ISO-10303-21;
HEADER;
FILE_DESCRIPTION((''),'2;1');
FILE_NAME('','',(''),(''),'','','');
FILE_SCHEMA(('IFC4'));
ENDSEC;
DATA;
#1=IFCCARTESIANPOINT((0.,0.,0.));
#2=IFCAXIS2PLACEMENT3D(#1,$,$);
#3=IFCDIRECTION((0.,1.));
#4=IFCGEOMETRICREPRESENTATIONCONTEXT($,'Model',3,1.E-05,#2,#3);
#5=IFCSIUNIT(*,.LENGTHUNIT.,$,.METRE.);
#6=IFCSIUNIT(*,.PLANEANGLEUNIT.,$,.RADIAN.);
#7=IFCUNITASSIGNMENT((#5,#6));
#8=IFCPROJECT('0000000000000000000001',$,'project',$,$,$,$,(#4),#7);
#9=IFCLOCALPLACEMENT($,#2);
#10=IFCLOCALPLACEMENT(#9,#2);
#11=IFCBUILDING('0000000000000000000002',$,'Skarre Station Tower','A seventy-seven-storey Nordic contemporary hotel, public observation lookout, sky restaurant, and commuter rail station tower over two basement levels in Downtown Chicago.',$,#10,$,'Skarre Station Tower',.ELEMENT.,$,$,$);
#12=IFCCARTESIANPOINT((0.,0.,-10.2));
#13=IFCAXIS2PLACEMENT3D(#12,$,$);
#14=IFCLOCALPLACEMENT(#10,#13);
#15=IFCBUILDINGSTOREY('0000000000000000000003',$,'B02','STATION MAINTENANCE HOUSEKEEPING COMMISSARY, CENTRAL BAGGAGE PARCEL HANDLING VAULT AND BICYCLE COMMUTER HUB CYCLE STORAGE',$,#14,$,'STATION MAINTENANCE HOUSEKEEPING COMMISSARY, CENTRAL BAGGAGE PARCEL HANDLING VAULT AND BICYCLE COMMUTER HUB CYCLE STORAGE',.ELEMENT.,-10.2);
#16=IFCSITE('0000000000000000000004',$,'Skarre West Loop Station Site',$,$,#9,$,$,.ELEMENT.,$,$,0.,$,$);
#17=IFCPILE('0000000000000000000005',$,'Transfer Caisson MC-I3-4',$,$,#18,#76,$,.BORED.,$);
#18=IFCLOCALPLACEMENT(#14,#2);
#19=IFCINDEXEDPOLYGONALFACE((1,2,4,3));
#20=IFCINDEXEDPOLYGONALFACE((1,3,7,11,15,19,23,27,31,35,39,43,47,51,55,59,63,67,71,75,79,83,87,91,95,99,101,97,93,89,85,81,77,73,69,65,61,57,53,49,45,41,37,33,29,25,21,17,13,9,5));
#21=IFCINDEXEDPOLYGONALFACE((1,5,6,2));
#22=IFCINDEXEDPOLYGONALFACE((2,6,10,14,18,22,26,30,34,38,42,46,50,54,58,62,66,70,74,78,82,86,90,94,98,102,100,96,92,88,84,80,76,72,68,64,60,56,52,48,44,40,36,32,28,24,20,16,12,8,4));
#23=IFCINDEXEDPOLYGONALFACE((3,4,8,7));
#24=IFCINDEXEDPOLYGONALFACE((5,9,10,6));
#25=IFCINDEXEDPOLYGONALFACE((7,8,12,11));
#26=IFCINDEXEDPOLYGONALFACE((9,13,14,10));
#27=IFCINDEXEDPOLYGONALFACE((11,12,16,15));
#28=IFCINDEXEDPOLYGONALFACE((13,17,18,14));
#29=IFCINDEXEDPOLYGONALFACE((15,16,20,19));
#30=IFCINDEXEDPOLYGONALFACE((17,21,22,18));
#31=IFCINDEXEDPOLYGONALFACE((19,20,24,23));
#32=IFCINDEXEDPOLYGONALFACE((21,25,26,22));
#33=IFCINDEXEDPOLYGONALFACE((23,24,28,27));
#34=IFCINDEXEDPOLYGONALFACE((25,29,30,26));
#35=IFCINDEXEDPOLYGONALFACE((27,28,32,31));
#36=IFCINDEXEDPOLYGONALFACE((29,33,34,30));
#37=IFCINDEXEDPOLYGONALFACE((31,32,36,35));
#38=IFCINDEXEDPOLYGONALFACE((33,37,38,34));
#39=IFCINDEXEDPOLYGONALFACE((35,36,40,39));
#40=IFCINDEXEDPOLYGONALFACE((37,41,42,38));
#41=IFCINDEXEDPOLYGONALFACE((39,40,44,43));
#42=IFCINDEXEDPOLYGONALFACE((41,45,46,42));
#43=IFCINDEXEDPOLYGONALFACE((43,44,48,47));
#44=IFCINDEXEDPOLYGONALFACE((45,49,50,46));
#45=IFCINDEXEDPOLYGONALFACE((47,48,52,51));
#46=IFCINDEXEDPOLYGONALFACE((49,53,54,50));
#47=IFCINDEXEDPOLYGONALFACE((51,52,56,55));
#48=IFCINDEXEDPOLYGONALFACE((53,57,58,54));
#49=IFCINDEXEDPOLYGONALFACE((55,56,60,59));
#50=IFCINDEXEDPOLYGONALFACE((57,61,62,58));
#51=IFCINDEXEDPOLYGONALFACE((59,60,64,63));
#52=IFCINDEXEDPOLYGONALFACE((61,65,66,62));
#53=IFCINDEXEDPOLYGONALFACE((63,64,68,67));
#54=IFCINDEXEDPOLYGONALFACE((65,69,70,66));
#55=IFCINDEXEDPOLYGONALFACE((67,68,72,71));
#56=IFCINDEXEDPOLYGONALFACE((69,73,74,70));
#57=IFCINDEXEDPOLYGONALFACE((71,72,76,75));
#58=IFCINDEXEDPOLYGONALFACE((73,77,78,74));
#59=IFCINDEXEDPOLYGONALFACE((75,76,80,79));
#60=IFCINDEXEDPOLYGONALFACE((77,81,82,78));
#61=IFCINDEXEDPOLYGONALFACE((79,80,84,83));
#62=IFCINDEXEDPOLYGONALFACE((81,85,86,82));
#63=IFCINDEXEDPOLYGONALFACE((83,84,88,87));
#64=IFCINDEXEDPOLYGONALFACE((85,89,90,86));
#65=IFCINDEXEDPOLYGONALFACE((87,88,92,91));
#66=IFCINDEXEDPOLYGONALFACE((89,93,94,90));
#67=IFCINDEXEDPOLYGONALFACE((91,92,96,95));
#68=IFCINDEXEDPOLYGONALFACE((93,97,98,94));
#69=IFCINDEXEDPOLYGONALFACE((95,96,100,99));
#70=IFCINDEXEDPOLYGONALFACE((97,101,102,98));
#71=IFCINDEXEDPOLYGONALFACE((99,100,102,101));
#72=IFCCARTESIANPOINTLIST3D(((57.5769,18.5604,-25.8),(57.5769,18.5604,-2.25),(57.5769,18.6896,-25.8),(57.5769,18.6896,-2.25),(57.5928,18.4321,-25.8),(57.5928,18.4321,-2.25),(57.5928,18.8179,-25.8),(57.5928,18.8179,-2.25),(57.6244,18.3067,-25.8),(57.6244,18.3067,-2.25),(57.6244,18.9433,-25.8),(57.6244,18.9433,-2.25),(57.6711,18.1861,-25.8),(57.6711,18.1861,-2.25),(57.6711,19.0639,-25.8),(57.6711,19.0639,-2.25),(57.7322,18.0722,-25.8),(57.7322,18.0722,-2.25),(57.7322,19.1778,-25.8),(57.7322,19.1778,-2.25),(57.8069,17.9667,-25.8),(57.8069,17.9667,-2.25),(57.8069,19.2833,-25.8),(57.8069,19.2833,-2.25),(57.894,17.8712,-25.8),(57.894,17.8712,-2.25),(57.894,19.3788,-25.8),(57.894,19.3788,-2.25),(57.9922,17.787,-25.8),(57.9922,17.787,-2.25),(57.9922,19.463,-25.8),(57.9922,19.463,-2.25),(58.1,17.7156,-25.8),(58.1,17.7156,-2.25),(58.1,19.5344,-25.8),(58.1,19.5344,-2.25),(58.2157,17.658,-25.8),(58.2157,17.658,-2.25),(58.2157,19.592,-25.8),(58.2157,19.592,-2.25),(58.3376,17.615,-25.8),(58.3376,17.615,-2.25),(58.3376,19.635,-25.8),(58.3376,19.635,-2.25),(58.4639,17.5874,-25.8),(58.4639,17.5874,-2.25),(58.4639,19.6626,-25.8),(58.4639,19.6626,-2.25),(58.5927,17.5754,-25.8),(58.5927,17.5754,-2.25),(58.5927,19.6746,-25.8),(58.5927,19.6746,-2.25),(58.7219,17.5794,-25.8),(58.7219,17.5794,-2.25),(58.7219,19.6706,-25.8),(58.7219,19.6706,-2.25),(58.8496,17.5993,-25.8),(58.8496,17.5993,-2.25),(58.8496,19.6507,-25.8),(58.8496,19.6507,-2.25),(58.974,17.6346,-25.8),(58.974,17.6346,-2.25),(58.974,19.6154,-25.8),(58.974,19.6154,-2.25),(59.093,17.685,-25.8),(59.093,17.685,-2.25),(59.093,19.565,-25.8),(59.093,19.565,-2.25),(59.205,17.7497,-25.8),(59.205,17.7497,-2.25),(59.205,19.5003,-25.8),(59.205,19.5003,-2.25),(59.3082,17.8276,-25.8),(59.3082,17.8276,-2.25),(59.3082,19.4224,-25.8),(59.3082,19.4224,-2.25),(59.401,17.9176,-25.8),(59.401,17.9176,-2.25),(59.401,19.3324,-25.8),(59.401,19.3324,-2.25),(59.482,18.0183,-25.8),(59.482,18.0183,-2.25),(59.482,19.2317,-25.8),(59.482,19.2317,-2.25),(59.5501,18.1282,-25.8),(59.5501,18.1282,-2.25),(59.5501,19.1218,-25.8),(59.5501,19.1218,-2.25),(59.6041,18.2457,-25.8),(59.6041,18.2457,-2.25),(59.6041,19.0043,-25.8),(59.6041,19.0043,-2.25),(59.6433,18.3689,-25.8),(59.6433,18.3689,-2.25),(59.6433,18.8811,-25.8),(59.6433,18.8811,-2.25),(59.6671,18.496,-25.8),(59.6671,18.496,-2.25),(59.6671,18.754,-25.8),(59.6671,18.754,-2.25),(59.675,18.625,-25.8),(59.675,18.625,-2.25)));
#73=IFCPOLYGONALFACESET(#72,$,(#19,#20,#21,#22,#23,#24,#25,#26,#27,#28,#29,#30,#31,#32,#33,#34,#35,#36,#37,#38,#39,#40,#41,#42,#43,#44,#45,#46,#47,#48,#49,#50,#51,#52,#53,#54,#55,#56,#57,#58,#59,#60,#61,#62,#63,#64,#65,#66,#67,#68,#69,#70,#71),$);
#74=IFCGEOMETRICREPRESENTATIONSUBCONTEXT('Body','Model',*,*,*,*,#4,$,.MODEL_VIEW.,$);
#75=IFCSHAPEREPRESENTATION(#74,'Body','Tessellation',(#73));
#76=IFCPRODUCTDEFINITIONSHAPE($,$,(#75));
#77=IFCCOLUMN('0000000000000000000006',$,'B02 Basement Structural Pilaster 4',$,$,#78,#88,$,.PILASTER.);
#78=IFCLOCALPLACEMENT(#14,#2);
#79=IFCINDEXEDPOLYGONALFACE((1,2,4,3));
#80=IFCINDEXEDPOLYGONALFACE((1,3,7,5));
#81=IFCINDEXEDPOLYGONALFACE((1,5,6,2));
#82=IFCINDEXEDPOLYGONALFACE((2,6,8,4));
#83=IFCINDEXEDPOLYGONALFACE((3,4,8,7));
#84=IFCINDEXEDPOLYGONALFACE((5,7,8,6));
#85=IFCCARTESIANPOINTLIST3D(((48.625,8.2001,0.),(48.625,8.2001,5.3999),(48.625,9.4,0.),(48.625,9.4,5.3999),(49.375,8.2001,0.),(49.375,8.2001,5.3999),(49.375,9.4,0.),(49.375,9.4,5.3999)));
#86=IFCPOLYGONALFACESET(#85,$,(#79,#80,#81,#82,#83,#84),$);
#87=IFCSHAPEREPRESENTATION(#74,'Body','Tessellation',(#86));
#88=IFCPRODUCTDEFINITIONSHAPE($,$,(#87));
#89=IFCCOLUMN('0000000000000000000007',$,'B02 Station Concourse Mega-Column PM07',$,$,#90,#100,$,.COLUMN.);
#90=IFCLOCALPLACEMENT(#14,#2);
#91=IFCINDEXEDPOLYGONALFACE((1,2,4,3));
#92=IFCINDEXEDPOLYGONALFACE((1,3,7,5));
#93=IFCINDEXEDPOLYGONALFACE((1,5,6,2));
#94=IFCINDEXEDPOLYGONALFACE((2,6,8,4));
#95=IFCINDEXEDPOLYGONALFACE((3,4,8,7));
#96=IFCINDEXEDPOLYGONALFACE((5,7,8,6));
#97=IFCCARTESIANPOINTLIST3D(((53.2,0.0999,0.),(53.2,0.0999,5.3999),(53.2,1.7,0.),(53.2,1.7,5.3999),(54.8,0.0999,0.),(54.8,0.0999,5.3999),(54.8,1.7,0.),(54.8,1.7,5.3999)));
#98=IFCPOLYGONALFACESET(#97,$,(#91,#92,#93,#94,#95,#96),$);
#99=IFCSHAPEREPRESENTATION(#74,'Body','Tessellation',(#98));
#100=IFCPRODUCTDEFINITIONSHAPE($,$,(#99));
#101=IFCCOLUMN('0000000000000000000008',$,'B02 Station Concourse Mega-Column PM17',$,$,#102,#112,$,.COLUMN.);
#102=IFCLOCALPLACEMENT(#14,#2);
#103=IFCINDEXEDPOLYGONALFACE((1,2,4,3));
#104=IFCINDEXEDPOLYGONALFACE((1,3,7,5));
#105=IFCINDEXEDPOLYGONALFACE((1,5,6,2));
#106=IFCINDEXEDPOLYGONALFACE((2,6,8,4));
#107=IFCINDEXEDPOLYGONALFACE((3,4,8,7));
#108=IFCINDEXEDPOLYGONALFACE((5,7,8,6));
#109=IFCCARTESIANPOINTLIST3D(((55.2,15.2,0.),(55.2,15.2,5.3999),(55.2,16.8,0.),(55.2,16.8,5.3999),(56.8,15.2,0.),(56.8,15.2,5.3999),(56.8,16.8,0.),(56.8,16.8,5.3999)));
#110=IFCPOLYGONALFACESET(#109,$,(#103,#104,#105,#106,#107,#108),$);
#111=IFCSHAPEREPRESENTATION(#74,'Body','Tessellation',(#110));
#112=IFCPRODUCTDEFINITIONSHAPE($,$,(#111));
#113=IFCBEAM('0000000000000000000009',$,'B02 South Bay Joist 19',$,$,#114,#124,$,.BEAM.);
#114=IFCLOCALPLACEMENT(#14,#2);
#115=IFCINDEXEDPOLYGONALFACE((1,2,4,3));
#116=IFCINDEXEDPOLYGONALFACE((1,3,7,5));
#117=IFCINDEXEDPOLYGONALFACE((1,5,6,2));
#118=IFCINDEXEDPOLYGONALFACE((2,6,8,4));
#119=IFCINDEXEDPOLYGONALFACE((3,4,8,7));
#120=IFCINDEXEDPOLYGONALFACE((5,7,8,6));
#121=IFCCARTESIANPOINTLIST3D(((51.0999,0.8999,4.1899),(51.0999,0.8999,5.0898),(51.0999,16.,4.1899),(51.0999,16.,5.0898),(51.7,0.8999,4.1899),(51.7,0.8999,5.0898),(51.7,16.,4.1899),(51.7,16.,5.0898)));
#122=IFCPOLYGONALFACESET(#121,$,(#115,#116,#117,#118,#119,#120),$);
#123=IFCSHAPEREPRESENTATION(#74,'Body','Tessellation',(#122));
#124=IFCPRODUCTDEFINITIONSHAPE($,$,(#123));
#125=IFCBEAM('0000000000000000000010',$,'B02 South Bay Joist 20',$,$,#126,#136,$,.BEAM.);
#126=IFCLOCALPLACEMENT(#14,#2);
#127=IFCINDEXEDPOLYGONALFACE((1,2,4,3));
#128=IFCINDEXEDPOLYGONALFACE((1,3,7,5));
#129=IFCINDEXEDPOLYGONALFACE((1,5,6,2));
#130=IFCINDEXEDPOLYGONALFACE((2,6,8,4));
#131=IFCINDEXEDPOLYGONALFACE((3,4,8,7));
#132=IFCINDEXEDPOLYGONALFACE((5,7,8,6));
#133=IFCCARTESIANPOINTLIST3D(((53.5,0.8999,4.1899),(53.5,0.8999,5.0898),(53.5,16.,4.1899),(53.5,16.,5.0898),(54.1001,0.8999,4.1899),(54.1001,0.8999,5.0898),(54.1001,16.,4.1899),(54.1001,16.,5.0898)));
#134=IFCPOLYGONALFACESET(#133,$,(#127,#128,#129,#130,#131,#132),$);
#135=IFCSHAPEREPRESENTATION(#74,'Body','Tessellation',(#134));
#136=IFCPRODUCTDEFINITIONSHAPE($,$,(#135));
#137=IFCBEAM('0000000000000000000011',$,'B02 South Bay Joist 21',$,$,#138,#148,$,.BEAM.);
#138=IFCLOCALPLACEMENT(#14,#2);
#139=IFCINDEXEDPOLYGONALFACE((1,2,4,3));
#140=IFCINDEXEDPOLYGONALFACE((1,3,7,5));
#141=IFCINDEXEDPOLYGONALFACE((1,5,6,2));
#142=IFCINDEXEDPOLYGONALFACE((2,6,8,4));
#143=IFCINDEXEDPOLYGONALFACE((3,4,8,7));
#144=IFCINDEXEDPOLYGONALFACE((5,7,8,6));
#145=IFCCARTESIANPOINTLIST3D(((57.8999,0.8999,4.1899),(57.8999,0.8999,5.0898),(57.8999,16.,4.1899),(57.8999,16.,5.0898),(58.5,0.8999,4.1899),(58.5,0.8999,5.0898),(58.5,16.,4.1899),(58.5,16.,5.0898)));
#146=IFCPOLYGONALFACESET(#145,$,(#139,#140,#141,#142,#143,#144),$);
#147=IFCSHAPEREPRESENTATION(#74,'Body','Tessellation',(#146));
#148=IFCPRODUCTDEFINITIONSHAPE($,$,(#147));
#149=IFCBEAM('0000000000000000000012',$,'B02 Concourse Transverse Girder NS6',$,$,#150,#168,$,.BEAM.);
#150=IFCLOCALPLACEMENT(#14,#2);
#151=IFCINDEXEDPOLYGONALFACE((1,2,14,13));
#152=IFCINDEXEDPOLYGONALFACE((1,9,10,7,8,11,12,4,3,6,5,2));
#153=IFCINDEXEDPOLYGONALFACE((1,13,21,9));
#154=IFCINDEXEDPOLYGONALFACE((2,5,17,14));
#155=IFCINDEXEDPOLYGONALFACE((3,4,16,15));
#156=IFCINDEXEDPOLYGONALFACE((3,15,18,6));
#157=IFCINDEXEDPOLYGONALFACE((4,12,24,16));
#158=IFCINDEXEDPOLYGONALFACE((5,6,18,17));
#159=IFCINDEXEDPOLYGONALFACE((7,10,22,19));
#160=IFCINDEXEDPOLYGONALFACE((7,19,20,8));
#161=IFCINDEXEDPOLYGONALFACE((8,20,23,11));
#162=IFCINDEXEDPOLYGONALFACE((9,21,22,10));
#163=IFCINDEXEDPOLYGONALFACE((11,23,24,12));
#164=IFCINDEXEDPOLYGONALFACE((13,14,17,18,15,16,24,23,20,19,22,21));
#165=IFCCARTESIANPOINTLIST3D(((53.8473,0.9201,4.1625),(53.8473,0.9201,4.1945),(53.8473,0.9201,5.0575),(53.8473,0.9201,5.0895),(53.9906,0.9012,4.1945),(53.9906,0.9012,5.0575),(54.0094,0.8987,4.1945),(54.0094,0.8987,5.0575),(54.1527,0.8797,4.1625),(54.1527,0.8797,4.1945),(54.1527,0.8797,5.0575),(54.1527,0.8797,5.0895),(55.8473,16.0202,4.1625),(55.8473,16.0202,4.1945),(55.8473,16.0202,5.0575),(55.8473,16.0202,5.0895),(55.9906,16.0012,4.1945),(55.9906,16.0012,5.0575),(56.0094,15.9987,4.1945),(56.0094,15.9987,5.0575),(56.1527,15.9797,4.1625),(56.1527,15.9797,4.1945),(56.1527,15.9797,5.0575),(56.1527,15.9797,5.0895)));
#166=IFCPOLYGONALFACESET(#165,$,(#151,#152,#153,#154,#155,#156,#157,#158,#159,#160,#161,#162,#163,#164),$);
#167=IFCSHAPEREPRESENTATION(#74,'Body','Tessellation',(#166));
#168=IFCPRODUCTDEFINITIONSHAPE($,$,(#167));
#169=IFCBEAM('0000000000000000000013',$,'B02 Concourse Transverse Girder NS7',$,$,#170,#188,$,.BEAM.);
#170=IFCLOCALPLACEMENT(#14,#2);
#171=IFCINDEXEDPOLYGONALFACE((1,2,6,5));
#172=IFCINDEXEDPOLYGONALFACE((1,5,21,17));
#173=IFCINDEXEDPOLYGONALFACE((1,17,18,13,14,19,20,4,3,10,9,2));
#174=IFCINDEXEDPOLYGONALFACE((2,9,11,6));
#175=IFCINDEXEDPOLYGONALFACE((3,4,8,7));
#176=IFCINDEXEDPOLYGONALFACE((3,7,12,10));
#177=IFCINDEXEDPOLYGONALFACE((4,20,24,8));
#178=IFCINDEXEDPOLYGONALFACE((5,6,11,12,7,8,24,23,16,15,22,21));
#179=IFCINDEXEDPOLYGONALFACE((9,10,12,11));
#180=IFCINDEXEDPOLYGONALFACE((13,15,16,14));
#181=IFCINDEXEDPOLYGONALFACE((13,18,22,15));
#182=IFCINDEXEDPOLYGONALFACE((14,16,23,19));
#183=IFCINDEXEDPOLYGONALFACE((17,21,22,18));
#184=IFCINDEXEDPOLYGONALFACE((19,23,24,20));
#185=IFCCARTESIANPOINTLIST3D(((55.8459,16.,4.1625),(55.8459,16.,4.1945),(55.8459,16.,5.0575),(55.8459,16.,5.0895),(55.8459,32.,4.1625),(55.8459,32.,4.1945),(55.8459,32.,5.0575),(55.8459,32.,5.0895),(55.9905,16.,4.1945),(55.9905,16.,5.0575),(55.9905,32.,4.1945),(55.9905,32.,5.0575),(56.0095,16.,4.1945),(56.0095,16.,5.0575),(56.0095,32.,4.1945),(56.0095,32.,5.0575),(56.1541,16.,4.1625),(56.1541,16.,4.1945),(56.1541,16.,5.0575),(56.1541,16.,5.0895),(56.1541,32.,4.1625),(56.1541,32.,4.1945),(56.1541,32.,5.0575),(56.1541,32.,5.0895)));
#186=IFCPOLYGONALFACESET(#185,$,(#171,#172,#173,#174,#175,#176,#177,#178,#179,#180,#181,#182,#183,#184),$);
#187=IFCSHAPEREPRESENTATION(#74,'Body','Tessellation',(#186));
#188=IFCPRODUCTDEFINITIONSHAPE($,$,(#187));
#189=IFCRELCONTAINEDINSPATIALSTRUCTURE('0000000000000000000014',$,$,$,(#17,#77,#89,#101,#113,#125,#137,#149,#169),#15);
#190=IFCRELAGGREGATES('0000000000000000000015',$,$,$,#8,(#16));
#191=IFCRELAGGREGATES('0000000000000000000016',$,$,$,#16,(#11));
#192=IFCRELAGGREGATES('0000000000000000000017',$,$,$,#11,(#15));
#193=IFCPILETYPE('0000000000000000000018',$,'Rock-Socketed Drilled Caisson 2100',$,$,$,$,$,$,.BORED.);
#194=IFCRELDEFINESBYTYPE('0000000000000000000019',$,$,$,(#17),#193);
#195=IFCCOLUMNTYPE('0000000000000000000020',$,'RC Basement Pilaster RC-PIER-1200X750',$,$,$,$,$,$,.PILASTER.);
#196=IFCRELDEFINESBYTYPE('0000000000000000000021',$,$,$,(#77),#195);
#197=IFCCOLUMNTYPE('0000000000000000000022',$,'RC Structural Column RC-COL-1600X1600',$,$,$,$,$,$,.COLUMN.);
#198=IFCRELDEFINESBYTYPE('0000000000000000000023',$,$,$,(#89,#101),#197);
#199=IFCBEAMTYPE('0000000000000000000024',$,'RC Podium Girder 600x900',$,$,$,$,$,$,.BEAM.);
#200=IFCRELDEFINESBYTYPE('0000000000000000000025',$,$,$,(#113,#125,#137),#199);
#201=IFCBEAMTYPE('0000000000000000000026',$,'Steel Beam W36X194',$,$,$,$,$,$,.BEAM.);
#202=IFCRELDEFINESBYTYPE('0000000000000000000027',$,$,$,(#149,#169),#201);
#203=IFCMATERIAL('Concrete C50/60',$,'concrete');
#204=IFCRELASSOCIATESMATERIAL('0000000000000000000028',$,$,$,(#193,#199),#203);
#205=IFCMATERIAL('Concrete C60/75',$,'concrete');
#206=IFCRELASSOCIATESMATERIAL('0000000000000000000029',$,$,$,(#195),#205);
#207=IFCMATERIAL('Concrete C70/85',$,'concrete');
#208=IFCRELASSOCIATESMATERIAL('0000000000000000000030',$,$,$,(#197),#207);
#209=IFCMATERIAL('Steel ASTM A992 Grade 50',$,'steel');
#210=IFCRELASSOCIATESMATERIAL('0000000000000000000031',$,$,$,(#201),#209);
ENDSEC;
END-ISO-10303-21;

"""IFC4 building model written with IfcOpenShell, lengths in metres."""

from ifc_helpers import new_model, si_unit, direction, frame, origin, origin_2d, place, context, subcontext, project, spatial, rectangle, circle, i_section, extrude, material, material_profile, profile_set, type_object, element, save


model = new_model("IFC4")

# Units and contexts
model_context = context("Model", 3, precision=1e-05, world=origin(), true_north=direction((0.0, 1.0)))
body_context = subcontext(model_context, "Body", "Model", "MODEL_VIEW")
ifc_project = project(units=[si_unit("LENGTHUNIT", "METRE"), si_unit("PLANEANGLEUNIT", "RADIAN")], contexts=[model_context])

# Site, building, storey
site_placement = place(None, origin())
site = spatial("IfcSite", under=ifc_project, at=site_placement, Name="Skarre West Loop Station Site", CompositionType="ELEMENT", RefElevation=0.0)
building_placement = place(site_placement, origin())
building = spatial("IfcBuilding", under=site, at=building_placement, Name="Skarre Station Tower", Description="A seventy-seven-storey Nordic contemporary hotel, public observation lookout, sky restaurant, and commuter rail station tower over two basement levels in Downtown Chicago.", LongName="Skarre Station Tower", CompositionType="ELEMENT")
storey_placement = place(building_placement, frame((0.0, 0.0, -10.2)))
storey = spatial("IfcBuildingStorey", under=building, at=storey_placement, Name="B02", Description="STATION MAINTENANCE HOUSEKEEPING COMMISSARY, CENTRAL BAGGAGE PARCEL HANDLING VAULT AND BICYCLE COMMUTER HUB CYCLE STORAGE", LongName="STATION MAINTENANCE HOUSEKEEPING COMMISSARY, CENTRAL BAGGAGE PARCEL HANDLING VAULT AND BICYCLE COMMUTER HUB CYCLE STORAGE", CompositionType="ELEMENT", Elevation=-10.2)

# Shared definitions
ifc_material_1 = material(Name="Concrete C50/60", Category="concrete")

# Pile
ifc_material_profile_1 = material_profile(ifc_material_1, circle(Radius=1.05, at=origin_2d()), Name="Concrete C50/60")
ifc_profile_set_1 = profile_set([ifc_material_profile_1], Name="Concrete C50/60")
pile_type_1 = type_object("IfcPileType", Name="Rock-Socketed Drilled Caisson 2100", PredefinedType="BORED", material=ifc_profile_set_1)
for number, where, z_axis, x_axis, name in (
    (1, (58.625, 18.625, -2.25), (0.0, 0.0, -1.0), (1.0, 0.0, 0.0), "Transfer Caisson MC-I3-4"),
):
    element("IfcPile", number, at=place(storey_placement, frame(where, z_axis=z_axis, x_axis=x_axis)), inside=storey, type_object=pile_type_1, Name=name, PredefinedType="BORED", context=body_context, shape_type="SweptSolid", body=[
        extrude(circle(Radius=1.05, at=origin_2d()), origin(), (0.0, 0.0, 1.0), 23.55),
    ])

# Columns
ifc_material_2 = material(Name="Concrete C60/75", Category="concrete")
ifc_material_profile_2 = material_profile(ifc_material_2, rectangle(XDim=0.75, YDim=1.2, at=origin_2d()), Name="Concrete C60/75")
ifc_profile_set_2 = profile_set([ifc_material_profile_2], Name="Concrete C60/75")
column_type_1 = type_object("IfcColumnType", Name="RC Basement Pilaster RC-PIER-1200X750", PredefinedType="PILASTER", material=ifc_profile_set_2)
column_placement = place(storey_placement, frame((49.0, 8.8, 0.0), z_axis=(0.0, 0.0, 1.0), x_axis=(1.0, 0.0, 0.0)))
element("IfcColumn", 2, at=column_placement, inside=storey, type_object=column_type_1, Name="B02 Basement Structural Pilaster 4", PredefinedType="PILASTER", context=body_context, shape_type="SweptSolid", body=[
    extrude(rectangle(XDim=0.75, YDim=1.2, at=origin_2d()), origin(), (0.0, 0.0, 1.0), 5.3999),
])
ifc_material_3 = material(Name="Concrete C70/85", Category="concrete")
ifc_material_profile_3 = material_profile(ifc_material_3, rectangle(XDim=1.6001, YDim=1.6001, at=origin_2d()), Name="Concrete C70/85")
ifc_profile_set_3 = profile_set([ifc_material_profile_3], Name="Concrete C70/85")
column_type_2 = type_object("IfcColumnType", Name="RC Structural Column RC-COL-1600X1600", PredefinedType="COLUMN", material=ifc_profile_set_3)
for number, where, z_axis, x_axis, name in (
    (3, (54.0, 0.8999, 0.0), (0.0, 0.0, 1.0), (1.0, 0.0, 0.0), "B02 Station Concourse Mega-Column PM07"),
    (4, (56.0, 16.0, 0.0), (0.0, 0.0, 1.0), (1.0, 0.0, 0.0), "B02 Station Concourse Mega-Column PM17"),
):
    element("IfcColumn", number, at=place(storey_placement, frame(where, z_axis=z_axis, x_axis=x_axis)), inside=storey, type_object=column_type_2, Name=name, PredefinedType="COLUMN", context=body_context, shape_type="SweptSolid", body=[
        extrude(rectangle(XDim=1.6001, YDim=1.6001, at=origin_2d()), origin(), (0.0, 0.0, 1.0), 5.3999),
    ])

# Beams
ifc_material_profile_4 = material_profile(ifc_material_1, rectangle(XDim=0.6001, YDim=0.8999, at=origin_2d()), Name="Concrete C50/60")
ifc_profile_set_4 = profile_set([ifc_material_profile_4], Name="Concrete C50/60")
beam_type_1 = type_object("IfcBeamType", Name="RC Podium Girder 600x900", PredefinedType="BEAM", material=ifc_profile_set_4)
for number, where, z_axis, x_axis, name in (
    (5, (51.3999, 0.8999, 4.6399), (0.0, 1.0, 0.0), (-1.0, 0.0, 0.0), "B02 South Bay Joist 19"),
    (6, (53.8, 0.8999, 4.6399), (0.0, 1.0, 0.0), (-1.0, 0.0, 0.0), "B02 South Bay Joist 20"),
    (7, (58.2, 0.8999, 4.6399), (0.0, 1.0, 0.0), (-1.0, 0.0, 0.0), "B02 South Bay Joist 21"),
):
    element("IfcBeam", number, at=place(storey_placement, frame(where, z_axis=z_axis, x_axis=x_axis)), inside=storey, type_object=beam_type_1, Name=name, PredefinedType="BEAM", context=body_context, shape_type="SweptSolid", body=[
        extrude(rectangle(XDim=0.6001, YDim=0.8999, at=origin_2d()), origin(), (0.0, 0.0, 1.0), 15.1001),
    ])
ifc_material_4 = material(Name="Steel ASTM A992 Grade 50", Category="steel")
ifc_material_profile_5 = material_profile(ifc_material_4, i_section(OverallWidth=0.3081, OverallDepth=0.927, WebThickness=0.019, FlangeThickness=0.032, at=origin_2d()), Name="Steel ASTM A992 Grade 50")
ifc_profile_set_5 = profile_set([ifc_material_profile_5], Name="Steel ASTM A992 Grade 50")
beam_type_2 = type_object("IfcBeamType", Name="Steel Beam W36X194", PredefinedType="BEAM", material=ifc_profile_set_5)
beam_1_placement = place(storey_placement, frame((54.0, 0.8999, 4.626), z_axis=(0.131303, 0.991342, 0.0), x_axis=(-0.991342, 0.131303, 0.0)))
element("IfcBeam", 8, at=beam_1_placement, inside=storey, type_object=beam_type_2, Name="B02 Concourse Transverse Girder NS6", PredefinedType="BEAM", context=body_context, shape_type="SweptSolid", body=[
    extrude(i_section(OverallWidth=0.3081, OverallDepth=0.927, WebThickness=0.019, FlangeThickness=0.032, at=origin_2d()), origin(), (0.0, 0.0, 1.0), 15.2319),
])
beam_2_placement = place(storey_placement, frame((56.0, 16.0, 4.626), z_axis=(0.0, 1.0, 0.0), x_axis=(-1.0, 0.0, 0.0)))
element("IfcBeam", 9, at=beam_2_placement, inside=storey, type_object=beam_type_2, Name="B02 Concourse Transverse Girder NS7", PredefinedType="BEAM", context=body_context, shape_type="SweptSolid", body=[
    extrude(i_section(OverallWidth=0.3081, OverallDepth=0.927, WebThickness=0.019, FlangeThickness=0.032, at=origin_2d()), origin(), (0.0, 0.0, 1.0), 16.0),
])

save(model, "model.ifc")
